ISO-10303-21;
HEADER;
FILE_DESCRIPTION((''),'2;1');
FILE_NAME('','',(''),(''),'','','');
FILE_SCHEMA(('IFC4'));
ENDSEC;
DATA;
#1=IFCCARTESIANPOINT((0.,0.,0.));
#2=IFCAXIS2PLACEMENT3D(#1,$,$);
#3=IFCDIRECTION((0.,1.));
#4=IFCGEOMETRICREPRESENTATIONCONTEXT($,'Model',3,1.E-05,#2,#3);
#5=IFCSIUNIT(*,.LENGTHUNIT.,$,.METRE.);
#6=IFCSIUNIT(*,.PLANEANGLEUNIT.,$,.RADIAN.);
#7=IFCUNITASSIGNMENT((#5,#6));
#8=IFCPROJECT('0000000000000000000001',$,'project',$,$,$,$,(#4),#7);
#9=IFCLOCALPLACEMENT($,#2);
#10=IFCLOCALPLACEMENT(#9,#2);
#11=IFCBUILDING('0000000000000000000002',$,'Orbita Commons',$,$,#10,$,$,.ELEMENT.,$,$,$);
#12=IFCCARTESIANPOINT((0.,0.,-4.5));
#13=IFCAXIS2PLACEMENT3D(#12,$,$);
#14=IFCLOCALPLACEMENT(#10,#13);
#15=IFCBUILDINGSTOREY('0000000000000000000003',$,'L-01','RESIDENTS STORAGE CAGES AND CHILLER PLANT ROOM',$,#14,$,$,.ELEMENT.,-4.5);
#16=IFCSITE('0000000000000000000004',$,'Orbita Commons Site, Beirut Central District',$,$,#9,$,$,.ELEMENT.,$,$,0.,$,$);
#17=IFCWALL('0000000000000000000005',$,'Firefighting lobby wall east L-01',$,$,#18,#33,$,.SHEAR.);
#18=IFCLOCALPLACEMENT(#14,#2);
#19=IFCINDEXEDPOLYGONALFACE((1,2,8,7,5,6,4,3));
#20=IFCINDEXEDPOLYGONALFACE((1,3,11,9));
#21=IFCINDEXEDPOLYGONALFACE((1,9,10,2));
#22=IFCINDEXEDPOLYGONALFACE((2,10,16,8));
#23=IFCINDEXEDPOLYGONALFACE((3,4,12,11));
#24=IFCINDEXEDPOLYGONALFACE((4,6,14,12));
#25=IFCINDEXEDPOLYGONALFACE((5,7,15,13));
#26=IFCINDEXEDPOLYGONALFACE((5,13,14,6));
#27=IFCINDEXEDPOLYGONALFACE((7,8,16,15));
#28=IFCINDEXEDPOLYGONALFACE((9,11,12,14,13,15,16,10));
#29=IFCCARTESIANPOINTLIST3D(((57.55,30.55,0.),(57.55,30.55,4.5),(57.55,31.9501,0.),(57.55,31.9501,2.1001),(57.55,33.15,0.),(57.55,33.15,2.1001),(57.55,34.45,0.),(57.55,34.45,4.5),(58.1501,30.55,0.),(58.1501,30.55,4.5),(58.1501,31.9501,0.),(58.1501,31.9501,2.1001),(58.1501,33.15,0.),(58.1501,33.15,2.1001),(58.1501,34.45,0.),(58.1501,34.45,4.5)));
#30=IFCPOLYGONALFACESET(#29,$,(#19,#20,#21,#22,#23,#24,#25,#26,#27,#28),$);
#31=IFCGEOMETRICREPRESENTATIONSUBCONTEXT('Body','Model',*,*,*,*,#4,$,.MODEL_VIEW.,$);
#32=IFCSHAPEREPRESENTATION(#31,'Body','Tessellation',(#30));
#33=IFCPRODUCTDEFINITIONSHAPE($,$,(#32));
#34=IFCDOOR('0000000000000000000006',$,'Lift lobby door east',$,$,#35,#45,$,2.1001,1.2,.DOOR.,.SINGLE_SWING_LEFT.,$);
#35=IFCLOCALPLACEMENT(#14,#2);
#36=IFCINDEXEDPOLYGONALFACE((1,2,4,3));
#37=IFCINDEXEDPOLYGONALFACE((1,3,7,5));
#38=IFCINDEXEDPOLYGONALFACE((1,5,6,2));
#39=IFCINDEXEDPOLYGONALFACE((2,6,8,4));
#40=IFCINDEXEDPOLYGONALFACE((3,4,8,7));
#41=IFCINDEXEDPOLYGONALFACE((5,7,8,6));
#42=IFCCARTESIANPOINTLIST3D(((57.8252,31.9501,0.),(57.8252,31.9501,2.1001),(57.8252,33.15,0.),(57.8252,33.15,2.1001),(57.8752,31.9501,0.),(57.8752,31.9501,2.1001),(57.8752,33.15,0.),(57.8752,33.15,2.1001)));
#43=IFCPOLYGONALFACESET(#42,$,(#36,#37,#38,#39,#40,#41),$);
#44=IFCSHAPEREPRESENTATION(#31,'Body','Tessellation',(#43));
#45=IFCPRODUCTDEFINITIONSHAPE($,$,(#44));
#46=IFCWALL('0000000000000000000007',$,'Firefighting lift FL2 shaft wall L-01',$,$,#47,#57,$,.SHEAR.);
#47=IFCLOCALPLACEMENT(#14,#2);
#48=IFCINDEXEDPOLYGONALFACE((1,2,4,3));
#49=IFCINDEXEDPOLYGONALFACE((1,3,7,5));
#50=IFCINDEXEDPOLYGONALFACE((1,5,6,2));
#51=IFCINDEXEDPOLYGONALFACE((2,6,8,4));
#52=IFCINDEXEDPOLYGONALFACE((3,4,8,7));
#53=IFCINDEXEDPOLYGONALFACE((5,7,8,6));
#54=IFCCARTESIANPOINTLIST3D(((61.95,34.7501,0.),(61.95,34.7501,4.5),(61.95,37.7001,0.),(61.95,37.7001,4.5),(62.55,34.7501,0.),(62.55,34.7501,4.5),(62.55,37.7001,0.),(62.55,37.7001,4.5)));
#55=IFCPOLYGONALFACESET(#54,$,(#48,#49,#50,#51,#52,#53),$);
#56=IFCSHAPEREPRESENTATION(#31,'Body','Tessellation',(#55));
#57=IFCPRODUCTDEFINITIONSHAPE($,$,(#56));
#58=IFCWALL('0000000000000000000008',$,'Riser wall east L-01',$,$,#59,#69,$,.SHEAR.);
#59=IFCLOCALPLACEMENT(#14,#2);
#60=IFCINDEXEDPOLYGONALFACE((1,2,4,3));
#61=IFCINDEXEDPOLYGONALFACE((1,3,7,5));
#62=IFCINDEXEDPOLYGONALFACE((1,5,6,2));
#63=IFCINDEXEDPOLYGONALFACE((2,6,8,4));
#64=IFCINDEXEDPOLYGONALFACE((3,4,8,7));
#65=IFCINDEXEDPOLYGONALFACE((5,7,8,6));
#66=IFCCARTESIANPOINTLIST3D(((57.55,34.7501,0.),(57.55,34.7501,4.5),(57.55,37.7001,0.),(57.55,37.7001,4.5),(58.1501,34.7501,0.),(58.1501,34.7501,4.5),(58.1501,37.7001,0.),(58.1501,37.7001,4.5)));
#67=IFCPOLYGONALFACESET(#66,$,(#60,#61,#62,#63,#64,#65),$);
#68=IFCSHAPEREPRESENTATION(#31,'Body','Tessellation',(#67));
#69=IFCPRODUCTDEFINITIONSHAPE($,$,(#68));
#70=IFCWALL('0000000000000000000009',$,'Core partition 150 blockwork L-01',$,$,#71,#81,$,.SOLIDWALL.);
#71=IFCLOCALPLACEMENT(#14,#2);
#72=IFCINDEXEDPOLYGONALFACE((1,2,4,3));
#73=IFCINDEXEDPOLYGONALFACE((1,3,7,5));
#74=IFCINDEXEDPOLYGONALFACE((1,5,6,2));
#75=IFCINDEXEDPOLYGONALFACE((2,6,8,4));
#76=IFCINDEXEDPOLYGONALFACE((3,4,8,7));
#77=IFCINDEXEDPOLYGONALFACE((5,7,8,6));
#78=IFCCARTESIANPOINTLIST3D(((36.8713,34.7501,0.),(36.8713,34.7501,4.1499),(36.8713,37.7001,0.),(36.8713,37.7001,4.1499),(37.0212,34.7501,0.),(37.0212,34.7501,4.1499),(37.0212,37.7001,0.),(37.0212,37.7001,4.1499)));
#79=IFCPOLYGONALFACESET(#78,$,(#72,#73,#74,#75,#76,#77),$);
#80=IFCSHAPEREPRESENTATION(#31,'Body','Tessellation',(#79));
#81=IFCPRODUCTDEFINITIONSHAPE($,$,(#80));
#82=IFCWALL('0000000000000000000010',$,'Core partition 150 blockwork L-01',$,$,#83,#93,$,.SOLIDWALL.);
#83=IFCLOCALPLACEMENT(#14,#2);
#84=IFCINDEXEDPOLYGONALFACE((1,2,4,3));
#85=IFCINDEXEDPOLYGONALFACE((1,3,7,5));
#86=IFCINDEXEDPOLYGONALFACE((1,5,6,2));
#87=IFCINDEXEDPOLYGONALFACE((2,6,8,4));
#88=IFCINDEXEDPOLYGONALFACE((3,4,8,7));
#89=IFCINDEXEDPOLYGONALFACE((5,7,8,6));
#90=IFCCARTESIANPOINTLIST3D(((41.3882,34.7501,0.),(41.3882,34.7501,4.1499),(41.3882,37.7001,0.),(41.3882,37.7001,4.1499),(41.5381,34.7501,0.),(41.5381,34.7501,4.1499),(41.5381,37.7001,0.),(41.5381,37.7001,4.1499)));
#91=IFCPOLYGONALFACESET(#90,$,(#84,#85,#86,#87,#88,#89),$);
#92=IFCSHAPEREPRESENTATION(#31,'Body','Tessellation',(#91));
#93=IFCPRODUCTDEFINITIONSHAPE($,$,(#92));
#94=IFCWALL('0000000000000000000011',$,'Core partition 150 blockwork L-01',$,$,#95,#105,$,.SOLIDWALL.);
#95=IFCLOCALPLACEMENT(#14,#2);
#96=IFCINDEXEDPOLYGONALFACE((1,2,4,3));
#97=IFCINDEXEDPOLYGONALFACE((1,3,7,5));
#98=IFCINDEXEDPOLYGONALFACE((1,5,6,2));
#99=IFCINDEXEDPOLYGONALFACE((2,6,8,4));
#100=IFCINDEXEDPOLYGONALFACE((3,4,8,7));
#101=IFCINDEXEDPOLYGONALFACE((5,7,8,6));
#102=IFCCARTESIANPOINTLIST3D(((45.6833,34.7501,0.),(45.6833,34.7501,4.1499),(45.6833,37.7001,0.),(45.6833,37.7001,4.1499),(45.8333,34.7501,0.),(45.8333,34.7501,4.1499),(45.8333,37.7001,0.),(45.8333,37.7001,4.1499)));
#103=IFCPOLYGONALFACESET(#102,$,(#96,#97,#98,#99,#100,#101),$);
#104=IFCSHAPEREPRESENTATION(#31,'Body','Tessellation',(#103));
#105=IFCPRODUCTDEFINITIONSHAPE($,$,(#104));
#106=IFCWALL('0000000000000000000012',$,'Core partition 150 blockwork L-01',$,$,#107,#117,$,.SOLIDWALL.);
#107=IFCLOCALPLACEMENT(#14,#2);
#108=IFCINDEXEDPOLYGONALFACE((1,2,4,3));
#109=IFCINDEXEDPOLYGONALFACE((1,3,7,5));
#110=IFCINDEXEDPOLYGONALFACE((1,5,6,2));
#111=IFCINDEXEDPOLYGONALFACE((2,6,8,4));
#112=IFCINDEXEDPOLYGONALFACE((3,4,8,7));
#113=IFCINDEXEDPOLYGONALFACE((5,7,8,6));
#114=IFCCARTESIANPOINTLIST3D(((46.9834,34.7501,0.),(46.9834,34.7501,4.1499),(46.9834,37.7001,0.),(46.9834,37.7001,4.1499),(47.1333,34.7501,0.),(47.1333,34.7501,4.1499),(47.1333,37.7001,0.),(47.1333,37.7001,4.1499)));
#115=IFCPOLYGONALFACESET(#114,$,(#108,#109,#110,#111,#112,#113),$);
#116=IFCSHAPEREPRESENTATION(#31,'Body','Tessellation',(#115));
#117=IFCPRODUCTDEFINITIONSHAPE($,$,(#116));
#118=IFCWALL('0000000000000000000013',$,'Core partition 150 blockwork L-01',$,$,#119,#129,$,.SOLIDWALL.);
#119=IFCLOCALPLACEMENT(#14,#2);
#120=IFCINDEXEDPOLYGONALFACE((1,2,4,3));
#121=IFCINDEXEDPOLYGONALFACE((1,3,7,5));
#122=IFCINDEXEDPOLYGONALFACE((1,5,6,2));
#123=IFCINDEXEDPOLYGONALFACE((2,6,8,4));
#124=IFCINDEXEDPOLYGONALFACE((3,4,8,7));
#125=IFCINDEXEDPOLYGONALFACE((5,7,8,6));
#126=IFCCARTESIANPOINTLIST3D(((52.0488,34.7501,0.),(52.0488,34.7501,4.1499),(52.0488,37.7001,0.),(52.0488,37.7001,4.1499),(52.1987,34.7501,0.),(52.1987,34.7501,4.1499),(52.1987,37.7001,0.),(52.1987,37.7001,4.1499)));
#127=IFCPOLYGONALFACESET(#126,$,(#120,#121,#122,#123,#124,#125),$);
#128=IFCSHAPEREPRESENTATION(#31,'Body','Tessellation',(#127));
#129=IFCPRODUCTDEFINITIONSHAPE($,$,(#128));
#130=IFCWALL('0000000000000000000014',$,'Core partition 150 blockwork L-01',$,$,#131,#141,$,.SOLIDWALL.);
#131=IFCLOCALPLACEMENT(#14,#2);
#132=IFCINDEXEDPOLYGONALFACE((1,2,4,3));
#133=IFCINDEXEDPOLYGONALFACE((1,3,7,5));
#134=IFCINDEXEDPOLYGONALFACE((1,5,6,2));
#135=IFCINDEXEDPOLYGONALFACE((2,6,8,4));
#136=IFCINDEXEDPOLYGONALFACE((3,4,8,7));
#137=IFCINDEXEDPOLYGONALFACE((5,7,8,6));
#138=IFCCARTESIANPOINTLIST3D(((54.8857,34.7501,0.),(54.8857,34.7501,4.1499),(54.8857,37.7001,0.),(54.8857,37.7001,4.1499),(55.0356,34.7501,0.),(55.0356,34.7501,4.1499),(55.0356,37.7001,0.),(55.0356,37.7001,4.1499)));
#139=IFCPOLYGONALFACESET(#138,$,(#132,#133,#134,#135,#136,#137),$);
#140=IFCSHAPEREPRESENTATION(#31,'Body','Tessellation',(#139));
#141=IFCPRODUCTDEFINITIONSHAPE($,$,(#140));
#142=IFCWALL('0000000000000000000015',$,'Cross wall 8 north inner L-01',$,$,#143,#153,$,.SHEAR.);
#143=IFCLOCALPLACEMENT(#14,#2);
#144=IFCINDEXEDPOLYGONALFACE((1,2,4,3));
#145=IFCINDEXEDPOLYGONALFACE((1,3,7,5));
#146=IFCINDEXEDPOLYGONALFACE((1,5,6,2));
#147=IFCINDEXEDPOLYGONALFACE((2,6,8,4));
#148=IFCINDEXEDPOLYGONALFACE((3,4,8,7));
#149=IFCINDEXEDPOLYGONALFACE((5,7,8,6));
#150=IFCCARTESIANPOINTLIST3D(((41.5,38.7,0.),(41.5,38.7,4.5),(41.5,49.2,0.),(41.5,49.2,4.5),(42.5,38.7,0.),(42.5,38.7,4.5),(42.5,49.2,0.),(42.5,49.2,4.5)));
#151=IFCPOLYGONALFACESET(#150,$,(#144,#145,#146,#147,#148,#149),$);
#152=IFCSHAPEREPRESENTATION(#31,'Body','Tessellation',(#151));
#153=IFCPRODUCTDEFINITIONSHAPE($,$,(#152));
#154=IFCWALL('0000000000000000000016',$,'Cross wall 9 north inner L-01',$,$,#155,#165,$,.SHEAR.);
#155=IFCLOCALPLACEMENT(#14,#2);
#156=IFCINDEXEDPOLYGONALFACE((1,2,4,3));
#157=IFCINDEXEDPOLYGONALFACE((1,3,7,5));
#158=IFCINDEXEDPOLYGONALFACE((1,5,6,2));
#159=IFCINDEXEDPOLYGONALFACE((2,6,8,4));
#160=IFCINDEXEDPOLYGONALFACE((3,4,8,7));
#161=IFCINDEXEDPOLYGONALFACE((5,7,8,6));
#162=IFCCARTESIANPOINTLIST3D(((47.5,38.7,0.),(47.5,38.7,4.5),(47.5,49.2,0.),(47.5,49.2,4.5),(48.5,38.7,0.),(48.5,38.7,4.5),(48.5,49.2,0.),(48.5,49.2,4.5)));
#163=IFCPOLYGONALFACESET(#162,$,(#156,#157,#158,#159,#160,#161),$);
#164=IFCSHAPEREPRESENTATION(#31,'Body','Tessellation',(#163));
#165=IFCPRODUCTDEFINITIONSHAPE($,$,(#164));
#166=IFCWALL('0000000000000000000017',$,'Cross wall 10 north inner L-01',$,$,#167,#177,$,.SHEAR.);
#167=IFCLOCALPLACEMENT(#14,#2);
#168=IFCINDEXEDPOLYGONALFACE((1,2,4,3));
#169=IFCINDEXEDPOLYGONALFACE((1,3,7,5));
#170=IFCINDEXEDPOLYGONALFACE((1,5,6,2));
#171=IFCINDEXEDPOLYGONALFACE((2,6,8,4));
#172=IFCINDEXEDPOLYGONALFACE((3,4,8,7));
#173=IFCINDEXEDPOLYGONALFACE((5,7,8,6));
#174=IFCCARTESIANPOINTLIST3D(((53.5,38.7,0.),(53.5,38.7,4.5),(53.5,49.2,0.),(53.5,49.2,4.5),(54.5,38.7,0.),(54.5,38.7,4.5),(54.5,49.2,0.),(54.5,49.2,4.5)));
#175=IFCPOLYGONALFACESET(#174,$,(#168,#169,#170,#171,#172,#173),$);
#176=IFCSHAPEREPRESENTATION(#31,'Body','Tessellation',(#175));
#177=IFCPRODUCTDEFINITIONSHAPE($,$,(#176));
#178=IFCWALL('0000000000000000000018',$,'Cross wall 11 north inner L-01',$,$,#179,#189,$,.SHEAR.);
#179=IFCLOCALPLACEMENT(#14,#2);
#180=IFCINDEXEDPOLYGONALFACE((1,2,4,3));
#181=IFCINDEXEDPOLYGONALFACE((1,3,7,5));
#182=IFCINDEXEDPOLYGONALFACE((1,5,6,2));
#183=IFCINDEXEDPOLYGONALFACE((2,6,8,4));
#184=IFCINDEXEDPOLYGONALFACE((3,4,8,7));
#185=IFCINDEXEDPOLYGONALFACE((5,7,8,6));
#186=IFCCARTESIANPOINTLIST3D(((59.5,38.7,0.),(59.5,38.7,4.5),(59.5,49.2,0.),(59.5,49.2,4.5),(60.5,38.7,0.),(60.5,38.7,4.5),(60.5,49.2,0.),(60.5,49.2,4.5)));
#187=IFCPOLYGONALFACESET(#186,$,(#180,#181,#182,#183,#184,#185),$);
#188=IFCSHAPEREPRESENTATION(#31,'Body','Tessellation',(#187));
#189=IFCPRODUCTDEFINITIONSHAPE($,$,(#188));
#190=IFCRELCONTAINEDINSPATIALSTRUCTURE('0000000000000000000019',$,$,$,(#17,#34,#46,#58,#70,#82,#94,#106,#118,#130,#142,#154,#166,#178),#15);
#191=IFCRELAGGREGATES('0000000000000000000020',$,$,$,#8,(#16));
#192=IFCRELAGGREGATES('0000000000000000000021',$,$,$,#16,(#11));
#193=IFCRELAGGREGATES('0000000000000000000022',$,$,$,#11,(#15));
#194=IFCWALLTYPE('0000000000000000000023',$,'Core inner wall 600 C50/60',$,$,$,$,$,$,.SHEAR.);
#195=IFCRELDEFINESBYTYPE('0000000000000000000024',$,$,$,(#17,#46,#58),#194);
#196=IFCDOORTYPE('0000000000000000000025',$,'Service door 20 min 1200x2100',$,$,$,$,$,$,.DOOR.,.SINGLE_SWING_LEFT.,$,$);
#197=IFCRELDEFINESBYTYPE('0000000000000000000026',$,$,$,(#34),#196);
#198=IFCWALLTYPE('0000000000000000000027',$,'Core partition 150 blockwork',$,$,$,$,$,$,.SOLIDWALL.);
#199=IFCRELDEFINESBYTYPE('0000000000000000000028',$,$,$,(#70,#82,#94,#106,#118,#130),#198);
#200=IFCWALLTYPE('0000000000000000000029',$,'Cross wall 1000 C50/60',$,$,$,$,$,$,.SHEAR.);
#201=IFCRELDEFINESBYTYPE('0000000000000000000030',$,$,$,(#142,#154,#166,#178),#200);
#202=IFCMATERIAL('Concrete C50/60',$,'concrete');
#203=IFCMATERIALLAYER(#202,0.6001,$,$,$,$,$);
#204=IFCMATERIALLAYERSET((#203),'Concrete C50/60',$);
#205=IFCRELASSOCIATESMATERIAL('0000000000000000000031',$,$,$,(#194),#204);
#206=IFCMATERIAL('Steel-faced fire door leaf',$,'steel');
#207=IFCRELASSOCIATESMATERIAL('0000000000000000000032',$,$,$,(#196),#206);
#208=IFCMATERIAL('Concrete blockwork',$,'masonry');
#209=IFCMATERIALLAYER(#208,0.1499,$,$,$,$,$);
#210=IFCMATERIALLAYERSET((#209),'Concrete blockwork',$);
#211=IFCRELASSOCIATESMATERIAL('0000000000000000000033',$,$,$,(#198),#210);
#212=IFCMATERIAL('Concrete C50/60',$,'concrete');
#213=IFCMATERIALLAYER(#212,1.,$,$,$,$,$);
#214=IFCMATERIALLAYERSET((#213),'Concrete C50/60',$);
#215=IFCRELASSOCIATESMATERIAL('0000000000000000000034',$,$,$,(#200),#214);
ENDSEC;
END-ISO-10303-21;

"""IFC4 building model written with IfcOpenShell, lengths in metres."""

from ifc_helpers import new_model, si_unit, direction, frame, frame_2d, origin, place, context, subcontext, project, spatial, rectangle, extrude, material, layer, layer_set, type_object, element, fill, save


model = new_model("IFC4")

# Units and contexts
model_context = context("Model", 3, precision=1e-05, world=origin(), true_north=direction((0.0, 1.0)))
body_context = subcontext(model_context, "Body", "Model", "MODEL_VIEW")
ifc_project = project(units=[si_unit("LENGTHUNIT", "METRE"), si_unit("PLANEANGLEUNIT", "RADIAN")], contexts=[model_context])

# Site, building, storey
site_placement = place(None, origin())
site = spatial("IfcSite", under=ifc_project, at=site_placement, Name="Orbita Commons Site, Beirut Central District", CompositionType="ELEMENT", RefElevation=0.0)
building_placement = place(site_placement, origin())
building = spatial("IfcBuilding", under=site, at=building_placement, Name="Orbita Commons", CompositionType="ELEMENT")
storey_placement = place(building_placement, frame((0.0, 0.0, -4.5)))
storey = spatial("IfcBuildingStorey", under=building, at=storey_placement, Name="L-01", Description="RESIDENTS STORAGE CAGES AND CHILLER PLANT ROOM", CompositionType="ELEMENT", Elevation=-4.5)

# Wall, opening, door
ifc_material_1 = material(Name="Concrete C50/60", Category="concrete")
ifc_layer_1 = layer(ifc_material_1, 0.6001)
ifc_layer_set_1 = layer_set([ifc_layer_1], Name="Concrete C50/60")
wall_type_1 = type_object("IfcWallType", Name="Core inner wall 600 C50/60", PredefinedType="SHEAR", material=ifc_layer_set_1)
wall_1_placement = place(storey_placement, frame((57.8501, 30.55, 0.0), z_axis=(0.0, 0.0, 1.0), x_axis=(0.0, 1.0, 0.0)))
wall_1 = element("IfcWall", 1, at=wall_1_placement, inside=storey, type_object=wall_type_1, Name="Firefighting lobby wall east L-01", PredefinedType="SHEAR", context=body_context, shape_type="SweptSolid", body=[
    extrude(rectangle(XDim=3.8999, YDim=0.6001, at=frame_2d((1.95, 0.0))), origin(), (0.0, 0.0, 1.0), 4.5),
])
opening_1_placement = place(wall_1_placement, frame((1.3999, 0.0, 0.0)))
opening_1 = element("IfcOpeningElement", 2, at=opening_1_placement, cuts=wall_1, PredefinedType="OPENING", context=body_context, shape_type="SweptSolid", body=[
    extrude(rectangle(XDim=1.2, YDim=2.1001, at=frame_2d((0.6001, 1.05))), frame((0.0, 0.3101, 0.0), z_axis=(0.0, -1.0, 0.0), x_axis=(1.0, 0.0, 0.0)), (0.0, 0.0, 1.0), 0.6201),
])
ifc_material_2 = material(Name="Steel-faced fire door leaf", Category="steel")
door_type_1 = type_object("IfcDoorType", Name="Service door 20 min 1200x2100", OperationType="SINGLE_SWING_LEFT", PredefinedType="DOOR", material=ifc_material_2)
door_1_placement = place(opening_1_placement, origin())
door_1 = element("IfcDoor", 3, at=door_1_placement, inside=storey, type_object=door_type_1, Name="Lift lobby door east", OperationType="SINGLE_SWING_LEFT", OverallHeight=2.1001, OverallWidth=1.2, PredefinedType="DOOR", context=body_context, shape_type="SweptSolid", body=[
    extrude(rectangle(XDim=1.2, YDim=2.1001, at=frame_2d((0.6001, 1.05))), frame((0.0, 0.0249, 0.0), z_axis=(0.0, -1.0, 0.0), x_axis=(1.0, 0.0, 0.0)), (0.0, 0.0, 1.0), 0.05),
])
fill(opening_1, door_1)

# Walls
for number, where, z_axis, x_axis, name in (
    (4, (62.25, 34.75, 0.0), (0.0, 0.0, 1.0), (0.0, 1.0, 0.0), "Firefighting lift FL2 shaft wall L-01"),
    (5, (57.8501, 34.75, 0.0), (0.0, 0.0, 1.0), (0.0, 1.0, 0.0), "Riser wall east L-01"),
):
    element("IfcWall", number, at=place(storey_placement, frame(where, z_axis=z_axis, x_axis=x_axis)), inside=storey, type_object=wall_type_1, Name=name, PredefinedType="SHEAR", context=body_context, shape_type="SweptSolid", body=[
        extrude(rectangle(XDim=2.95, YDim=0.6001, at=frame_2d((1.4751, 0.0))), origin(), (0.0, 0.0, 1.0), 4.5),
    ])
ifc_material_3 = material(Name="Concrete blockwork", Category="masonry")
ifc_layer_2 = layer(ifc_material_3, 0.1499)
ifc_layer_set_2 = layer_set([ifc_layer_2], Name="Concrete blockwork")
wall_type_2 = type_object("IfcWallType", Name="Core partition 150 blockwork", PredefinedType="SOLIDWALL", material=ifc_layer_set_2)
for number, where, z_axis, x_axis, name in (
    (6, (36.9463, 34.75, 0.0), (0.0, 0.0, 1.0), (0.0, 1.0, 0.0), "Core partition 150 blockwork L-01"),
    (7, (41.4631, 34.75, 0.0), (0.0, 0.0, 1.0), (0.0, 1.0, 0.0), "Core partition 150 blockwork L-01"),
    (8, (45.7583, 34.75, 0.0), (0.0, 0.0, 1.0), (0.0, 1.0, 0.0), "Core partition 150 blockwork L-01"),
    (9, (47.0583, 34.75, 0.0), (0.0, 0.0, 1.0), (0.0, 1.0, 0.0), "Core partition 150 blockwork L-01"),
    (10, (52.1238, 34.75, 0.0), (0.0, 0.0, 1.0), (0.0, 1.0, 0.0), "Core partition 150 blockwork L-01"),
    (11, (54.9607, 34.75, 0.0), (0.0, 0.0, 1.0), (0.0, 1.0, 0.0), "Core partition 150 blockwork L-01"),
):
    element("IfcWall", number, at=place(storey_placement, frame(where, z_axis=z_axis, x_axis=x_axis)), inside=storey, type_object=wall_type_2, Name=name, PredefinedType="SOLIDWALL", context=body_context, shape_type="SweptSolid", body=[
        extrude(rectangle(XDim=2.95, YDim=0.1499, at=frame_2d((1.4751, 0.0))), origin(), (0.0, 0.0, 1.0), 4.1499),
    ])
ifc_material_4 = material(Name="Concrete C50/60", Category="concrete")
ifc_layer_3 = layer(ifc_material_4, 1.0)
ifc_layer_set_3 = layer_set([ifc_layer_3], Name="Concrete C50/60")
wall_type_3 = type_object("IfcWallType", Name="Cross wall 1000 C50/60", PredefinedType="SHEAR", material=ifc_layer_set_3)
for number, where, z_axis, x_axis, name in (
    (12, (42.0, 38.7, 0.0), (0.0, 0.0, 1.0), (0.0, 1.0, 0.0), "Cross wall 8 north inner L-01"),
    (13, (48.0, 38.7, 0.0), (0.0, 0.0, 1.0), (0.0, 1.0, 0.0), "Cross wall 9 north inner L-01"),
    (14, (54.0, 38.7, 0.0), (0.0, 0.0, 1.0), (0.0, 1.0, 0.0), "Cross wall 10 north inner L-01"),
    (15, (60.0, 38.7, 0.0), (0.0, 0.0, 1.0), (0.0, 1.0, 0.0), "Cross wall 11 north inner L-01"),
):
    element("IfcWall", number, at=place(storey_placement, frame(where, z_axis=z_axis, x_axis=x_axis)), inside=storey, type_object=wall_type_3, Name=name, PredefinedType="SHEAR", context=body_context, shape_type="SweptSolid", body=[
        extrude(rectangle(XDim=10.5, YDim=1.0, at=frame_2d((5.25, 0.0))), origin(), (0.0, 0.0, 1.0), 4.5),
    ])

save(model, "model.ifc")
